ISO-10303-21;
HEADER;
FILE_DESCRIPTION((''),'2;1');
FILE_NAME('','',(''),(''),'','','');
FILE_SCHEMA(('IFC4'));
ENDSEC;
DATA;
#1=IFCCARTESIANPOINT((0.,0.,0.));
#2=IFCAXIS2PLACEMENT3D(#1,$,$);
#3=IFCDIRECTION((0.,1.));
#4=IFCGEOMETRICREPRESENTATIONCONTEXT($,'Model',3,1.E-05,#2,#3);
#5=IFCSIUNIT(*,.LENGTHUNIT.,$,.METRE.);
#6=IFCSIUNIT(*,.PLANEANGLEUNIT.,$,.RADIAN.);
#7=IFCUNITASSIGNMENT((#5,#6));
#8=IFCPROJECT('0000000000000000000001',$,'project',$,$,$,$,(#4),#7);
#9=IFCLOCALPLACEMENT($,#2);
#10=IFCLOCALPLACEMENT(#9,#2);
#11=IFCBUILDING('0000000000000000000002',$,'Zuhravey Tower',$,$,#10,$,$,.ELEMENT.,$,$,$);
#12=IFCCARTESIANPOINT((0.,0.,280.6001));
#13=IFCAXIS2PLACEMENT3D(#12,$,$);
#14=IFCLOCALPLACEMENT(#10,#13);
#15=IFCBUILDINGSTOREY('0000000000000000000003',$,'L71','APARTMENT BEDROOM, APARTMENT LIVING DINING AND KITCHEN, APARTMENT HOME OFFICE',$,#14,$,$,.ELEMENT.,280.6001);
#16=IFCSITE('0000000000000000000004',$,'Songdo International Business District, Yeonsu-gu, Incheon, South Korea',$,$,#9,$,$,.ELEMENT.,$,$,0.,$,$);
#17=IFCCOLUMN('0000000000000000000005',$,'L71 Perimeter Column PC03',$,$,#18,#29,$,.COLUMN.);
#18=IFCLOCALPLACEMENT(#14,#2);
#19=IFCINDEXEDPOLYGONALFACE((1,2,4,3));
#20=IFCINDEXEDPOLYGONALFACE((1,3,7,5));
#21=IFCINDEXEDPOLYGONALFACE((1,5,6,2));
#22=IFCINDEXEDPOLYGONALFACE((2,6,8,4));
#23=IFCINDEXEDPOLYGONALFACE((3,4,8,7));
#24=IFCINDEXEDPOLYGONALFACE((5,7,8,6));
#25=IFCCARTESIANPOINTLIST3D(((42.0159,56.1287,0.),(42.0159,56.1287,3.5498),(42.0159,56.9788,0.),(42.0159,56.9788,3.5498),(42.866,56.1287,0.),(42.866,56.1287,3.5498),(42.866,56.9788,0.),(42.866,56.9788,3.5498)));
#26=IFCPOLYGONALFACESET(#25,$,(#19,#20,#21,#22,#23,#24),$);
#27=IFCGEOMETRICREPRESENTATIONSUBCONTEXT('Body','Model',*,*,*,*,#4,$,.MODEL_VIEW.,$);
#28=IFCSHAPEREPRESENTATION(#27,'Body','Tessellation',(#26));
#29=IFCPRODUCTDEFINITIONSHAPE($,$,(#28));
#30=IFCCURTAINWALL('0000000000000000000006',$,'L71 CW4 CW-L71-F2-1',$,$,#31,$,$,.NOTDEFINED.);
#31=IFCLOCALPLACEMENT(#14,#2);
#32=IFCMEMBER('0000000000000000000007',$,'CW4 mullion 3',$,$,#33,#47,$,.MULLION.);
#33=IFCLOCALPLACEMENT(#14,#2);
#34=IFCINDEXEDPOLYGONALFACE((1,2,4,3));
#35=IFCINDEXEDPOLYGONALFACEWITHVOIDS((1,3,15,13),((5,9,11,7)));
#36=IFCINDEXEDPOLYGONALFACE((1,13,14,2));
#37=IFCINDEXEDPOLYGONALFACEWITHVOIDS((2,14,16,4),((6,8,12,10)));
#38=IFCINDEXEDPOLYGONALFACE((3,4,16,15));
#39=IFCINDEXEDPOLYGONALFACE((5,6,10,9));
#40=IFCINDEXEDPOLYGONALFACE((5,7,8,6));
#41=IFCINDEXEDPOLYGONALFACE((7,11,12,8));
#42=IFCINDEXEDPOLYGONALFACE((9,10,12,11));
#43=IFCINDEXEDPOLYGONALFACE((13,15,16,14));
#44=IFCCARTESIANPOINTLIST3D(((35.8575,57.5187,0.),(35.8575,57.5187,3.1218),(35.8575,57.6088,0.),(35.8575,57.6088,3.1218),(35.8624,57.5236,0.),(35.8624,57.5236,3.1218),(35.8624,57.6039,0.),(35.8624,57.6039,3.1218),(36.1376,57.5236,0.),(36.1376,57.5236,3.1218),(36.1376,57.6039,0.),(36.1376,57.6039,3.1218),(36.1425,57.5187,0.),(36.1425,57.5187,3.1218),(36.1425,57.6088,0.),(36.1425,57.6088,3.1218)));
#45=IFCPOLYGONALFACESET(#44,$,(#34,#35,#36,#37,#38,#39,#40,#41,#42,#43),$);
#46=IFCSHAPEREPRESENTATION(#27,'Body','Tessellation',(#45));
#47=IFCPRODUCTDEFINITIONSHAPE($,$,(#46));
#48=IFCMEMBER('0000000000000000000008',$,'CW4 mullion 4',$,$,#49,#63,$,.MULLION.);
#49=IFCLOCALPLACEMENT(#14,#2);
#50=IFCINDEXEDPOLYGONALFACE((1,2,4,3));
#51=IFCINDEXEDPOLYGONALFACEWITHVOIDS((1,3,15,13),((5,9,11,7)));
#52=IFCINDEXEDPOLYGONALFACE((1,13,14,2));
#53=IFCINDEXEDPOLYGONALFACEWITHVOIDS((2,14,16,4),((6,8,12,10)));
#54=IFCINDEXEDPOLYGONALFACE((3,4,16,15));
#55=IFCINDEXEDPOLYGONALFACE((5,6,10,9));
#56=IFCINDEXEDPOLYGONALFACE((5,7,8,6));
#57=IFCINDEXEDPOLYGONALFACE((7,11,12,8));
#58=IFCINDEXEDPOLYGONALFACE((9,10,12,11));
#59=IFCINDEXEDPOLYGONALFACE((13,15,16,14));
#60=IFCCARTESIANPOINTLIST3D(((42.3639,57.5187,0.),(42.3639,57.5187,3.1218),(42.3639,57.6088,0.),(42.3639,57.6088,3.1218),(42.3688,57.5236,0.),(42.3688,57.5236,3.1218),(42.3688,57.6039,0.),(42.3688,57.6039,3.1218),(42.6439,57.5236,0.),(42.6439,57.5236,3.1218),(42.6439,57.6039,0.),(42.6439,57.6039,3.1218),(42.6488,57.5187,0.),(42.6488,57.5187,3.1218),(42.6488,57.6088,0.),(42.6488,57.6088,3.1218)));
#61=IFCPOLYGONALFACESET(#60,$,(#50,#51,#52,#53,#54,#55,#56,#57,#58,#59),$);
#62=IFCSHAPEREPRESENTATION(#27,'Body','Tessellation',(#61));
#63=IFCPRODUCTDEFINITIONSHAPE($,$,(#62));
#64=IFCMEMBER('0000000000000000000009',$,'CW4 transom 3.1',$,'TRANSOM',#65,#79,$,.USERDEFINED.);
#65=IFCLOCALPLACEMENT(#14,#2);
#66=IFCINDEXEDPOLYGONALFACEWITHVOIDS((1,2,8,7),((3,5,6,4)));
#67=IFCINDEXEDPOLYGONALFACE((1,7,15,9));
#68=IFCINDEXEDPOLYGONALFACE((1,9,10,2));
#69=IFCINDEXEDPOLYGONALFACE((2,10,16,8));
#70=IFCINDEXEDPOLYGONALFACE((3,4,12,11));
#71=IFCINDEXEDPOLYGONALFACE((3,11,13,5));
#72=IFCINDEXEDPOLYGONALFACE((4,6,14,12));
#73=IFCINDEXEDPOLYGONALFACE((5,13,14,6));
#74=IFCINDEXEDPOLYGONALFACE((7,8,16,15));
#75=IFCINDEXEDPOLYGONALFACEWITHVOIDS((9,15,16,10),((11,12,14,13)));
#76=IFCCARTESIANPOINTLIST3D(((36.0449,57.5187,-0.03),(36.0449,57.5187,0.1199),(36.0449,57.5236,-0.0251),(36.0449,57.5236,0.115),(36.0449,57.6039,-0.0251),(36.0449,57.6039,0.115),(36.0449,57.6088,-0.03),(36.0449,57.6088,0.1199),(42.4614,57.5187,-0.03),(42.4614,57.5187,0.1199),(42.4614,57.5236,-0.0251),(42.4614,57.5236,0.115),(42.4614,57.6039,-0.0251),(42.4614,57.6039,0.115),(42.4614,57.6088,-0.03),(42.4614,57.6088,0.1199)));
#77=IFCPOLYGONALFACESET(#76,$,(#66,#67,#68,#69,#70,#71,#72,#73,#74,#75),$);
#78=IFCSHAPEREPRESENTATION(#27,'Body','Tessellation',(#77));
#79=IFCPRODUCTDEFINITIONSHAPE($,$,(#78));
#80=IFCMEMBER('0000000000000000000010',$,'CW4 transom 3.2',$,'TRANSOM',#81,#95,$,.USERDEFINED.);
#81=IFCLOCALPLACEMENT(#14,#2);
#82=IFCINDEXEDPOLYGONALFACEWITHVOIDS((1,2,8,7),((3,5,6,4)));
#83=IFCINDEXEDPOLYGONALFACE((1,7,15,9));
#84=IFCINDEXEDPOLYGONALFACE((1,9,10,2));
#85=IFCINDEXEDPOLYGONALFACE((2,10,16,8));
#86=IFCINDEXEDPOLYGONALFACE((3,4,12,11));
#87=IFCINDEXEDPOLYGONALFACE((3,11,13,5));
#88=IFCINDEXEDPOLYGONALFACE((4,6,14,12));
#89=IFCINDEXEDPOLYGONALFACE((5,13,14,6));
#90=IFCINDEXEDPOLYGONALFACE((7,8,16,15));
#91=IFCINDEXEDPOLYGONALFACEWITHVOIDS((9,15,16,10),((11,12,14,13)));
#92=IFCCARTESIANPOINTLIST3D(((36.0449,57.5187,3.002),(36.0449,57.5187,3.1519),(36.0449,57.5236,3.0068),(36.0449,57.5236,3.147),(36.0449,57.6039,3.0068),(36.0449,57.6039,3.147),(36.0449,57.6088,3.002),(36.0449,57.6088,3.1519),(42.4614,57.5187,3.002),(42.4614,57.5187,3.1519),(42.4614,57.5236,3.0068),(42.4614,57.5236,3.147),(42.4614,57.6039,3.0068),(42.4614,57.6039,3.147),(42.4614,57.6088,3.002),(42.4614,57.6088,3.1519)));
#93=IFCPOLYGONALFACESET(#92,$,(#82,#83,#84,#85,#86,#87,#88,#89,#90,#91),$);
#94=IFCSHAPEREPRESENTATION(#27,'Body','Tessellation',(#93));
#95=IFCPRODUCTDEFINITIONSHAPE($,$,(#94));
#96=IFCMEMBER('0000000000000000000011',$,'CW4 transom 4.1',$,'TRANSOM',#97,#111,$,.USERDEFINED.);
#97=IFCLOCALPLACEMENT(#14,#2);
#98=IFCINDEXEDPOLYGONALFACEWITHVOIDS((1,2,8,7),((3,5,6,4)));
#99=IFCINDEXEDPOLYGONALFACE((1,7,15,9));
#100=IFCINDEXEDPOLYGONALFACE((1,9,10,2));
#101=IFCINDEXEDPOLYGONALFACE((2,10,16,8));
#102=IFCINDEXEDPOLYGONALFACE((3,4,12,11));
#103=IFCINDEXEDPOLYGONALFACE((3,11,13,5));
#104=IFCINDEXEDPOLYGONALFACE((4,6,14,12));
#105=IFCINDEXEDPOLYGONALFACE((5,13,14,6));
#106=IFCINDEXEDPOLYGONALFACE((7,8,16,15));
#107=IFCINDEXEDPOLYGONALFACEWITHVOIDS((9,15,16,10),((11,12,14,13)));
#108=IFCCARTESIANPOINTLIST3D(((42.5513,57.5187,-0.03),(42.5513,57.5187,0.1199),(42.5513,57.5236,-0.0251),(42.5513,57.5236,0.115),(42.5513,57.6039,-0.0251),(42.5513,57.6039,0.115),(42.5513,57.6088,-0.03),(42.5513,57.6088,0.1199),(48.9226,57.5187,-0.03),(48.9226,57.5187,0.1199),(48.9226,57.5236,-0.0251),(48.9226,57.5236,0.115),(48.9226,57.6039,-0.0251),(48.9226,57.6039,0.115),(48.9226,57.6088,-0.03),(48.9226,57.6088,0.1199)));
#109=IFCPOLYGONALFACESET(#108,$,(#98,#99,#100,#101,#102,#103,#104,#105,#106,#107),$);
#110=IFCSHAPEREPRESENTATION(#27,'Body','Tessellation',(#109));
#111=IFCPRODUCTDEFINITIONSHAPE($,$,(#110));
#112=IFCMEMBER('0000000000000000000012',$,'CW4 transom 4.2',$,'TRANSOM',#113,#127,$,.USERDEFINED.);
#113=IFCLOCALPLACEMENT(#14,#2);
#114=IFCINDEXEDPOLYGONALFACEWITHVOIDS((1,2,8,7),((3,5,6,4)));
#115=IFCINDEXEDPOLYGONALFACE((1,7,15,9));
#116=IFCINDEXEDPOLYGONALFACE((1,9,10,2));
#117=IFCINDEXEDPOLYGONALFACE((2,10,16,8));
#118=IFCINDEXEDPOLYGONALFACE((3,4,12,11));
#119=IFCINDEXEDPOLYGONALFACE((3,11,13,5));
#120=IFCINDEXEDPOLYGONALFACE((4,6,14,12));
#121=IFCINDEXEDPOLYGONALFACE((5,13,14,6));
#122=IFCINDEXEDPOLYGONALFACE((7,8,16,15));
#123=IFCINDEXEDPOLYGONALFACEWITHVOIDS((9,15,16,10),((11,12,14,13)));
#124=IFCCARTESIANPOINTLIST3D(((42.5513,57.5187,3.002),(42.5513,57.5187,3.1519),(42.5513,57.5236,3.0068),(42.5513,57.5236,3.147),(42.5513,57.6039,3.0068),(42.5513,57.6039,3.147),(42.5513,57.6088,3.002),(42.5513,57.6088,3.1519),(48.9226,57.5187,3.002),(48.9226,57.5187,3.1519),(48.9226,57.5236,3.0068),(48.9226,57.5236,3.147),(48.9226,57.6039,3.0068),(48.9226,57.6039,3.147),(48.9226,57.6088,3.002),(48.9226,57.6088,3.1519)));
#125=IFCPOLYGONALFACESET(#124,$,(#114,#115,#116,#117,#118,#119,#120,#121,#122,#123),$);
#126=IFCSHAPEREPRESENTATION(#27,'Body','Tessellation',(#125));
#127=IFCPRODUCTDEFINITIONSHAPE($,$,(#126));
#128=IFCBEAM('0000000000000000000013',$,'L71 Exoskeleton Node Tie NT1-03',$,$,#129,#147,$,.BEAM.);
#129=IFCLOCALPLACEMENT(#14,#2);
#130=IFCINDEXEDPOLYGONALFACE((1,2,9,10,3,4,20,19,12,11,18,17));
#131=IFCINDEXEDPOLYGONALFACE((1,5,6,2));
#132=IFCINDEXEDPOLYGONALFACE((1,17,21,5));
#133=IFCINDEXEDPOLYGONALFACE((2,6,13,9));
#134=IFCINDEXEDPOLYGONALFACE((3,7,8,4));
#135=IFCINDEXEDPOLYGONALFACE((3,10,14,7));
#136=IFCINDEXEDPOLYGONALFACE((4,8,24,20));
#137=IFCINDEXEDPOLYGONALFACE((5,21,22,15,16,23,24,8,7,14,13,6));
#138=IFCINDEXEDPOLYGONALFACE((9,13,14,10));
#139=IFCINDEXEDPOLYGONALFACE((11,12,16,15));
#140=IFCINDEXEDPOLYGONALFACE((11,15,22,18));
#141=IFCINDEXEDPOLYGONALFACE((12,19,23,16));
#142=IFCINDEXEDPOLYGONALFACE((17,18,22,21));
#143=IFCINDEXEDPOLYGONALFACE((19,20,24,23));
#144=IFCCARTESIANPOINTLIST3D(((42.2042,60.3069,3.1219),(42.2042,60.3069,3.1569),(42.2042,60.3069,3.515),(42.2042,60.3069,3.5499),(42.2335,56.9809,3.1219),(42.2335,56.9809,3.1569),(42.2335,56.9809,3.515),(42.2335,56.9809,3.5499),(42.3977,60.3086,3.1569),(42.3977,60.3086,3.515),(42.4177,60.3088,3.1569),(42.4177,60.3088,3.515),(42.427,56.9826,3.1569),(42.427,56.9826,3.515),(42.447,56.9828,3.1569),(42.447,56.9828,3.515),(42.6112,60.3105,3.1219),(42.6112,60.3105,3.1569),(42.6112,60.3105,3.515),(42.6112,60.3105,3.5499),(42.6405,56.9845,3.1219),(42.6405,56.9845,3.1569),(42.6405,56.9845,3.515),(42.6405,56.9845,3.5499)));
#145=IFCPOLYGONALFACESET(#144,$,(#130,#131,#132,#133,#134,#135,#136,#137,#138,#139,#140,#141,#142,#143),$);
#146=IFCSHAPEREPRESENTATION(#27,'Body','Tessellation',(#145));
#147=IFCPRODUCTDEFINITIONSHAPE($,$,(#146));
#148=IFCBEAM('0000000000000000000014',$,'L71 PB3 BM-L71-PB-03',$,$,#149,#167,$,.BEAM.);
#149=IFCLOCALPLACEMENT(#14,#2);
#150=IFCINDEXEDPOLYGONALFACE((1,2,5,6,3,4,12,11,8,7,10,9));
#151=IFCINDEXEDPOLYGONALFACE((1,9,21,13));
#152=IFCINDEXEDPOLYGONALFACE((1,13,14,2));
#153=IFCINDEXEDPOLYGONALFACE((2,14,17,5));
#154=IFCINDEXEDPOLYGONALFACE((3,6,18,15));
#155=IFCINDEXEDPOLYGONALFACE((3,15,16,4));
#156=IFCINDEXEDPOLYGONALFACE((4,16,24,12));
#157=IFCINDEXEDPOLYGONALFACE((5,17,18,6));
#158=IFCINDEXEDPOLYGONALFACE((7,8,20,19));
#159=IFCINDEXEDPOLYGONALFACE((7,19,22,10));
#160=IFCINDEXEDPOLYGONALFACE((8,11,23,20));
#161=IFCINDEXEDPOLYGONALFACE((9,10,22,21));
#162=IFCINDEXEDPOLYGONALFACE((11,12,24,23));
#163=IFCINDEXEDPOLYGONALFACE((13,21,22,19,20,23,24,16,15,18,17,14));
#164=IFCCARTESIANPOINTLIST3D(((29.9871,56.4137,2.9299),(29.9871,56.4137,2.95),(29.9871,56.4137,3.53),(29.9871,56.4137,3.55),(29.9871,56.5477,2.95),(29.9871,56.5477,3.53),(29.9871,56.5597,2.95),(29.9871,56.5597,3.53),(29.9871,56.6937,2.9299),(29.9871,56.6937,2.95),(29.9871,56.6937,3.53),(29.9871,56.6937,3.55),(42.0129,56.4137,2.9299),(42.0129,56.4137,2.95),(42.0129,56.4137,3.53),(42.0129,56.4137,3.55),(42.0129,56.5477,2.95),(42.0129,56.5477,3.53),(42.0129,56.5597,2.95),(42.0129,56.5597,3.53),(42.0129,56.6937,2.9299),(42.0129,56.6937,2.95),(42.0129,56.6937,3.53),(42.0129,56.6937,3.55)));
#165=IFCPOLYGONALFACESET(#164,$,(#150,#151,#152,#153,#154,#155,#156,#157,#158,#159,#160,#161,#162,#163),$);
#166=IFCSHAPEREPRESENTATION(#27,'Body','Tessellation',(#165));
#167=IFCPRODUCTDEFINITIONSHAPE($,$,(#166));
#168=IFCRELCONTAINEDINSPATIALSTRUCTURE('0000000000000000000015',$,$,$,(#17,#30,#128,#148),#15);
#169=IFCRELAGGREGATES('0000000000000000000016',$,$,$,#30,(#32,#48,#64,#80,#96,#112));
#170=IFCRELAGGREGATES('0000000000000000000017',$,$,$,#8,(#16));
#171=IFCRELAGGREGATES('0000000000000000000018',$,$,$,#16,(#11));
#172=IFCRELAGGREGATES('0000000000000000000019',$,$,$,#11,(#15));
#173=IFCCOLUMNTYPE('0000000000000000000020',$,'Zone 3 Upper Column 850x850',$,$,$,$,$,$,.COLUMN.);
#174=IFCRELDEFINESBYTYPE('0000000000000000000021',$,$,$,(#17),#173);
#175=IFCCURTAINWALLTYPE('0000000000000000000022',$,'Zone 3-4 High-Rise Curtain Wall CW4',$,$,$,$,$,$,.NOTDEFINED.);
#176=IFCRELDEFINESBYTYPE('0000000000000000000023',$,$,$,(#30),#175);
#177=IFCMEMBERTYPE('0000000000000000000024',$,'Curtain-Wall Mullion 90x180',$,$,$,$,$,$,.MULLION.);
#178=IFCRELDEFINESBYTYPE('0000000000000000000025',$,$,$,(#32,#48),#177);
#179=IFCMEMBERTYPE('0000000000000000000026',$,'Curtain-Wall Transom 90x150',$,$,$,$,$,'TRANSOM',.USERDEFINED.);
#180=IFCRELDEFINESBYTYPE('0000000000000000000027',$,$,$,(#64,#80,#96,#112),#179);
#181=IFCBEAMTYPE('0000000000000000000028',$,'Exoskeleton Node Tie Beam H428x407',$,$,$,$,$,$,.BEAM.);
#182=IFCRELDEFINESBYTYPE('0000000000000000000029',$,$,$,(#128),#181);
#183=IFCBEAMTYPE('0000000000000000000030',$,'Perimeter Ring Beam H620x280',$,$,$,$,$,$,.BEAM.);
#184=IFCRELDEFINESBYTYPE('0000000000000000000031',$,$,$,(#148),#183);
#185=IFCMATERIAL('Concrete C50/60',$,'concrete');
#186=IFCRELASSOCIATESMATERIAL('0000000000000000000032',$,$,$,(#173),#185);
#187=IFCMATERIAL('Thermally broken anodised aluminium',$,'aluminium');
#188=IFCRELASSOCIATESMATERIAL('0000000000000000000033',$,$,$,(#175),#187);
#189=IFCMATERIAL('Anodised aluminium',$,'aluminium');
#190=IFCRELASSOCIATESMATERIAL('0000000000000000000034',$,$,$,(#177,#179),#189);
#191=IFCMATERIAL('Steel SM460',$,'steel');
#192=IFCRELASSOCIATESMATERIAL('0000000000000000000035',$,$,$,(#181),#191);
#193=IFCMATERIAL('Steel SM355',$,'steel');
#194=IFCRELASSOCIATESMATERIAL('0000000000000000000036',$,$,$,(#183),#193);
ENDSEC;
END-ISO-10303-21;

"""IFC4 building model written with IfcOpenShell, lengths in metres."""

from ifc_helpers import new_model, si_unit, direction, frame, origin, origin_2d, place, context, subcontext, project, spatial, rectangle, hollow_rectangle, i_section, extrude, material, material_profile, profile_set, type_object, element, aggregate, save


model = new_model("IFC4")

# Units and contexts
model_context = context("Model", 3, precision=1e-05, world=origin(), true_north=direction((0.0, 1.0)))
body_context = subcontext(model_context, "Body", "Model", "MODEL_VIEW")
ifc_project = project(units=[si_unit("LENGTHUNIT", "METRE"), si_unit("PLANEANGLEUNIT", "RADIAN")], contexts=[model_context])

# Site, building, storey
site_placement = place(None, origin())
site = spatial("IfcSite", under=ifc_project, at=site_placement, Name="Songdo International Business District, Yeonsu-gu, Incheon, South Korea", CompositionType="ELEMENT", RefElevation=0.0)
building_placement = place(site_placement, origin())
building = spatial("IfcBuilding", under=site, at=building_placement, Name="Zuhravey Tower", CompositionType="ELEMENT")
storey_placement = place(building_placement, frame((0.0, 0.0, 280.6001)))
storey = spatial("IfcBuildingStorey", under=building, at=storey_placement, Name="L71", Description="APARTMENT BEDROOM, APARTMENT LIVING DINING AND KITCHEN, APARTMENT HOME OFFICE", CompositionType="ELEMENT", Elevation=280.6001)

# Column
ifc_material_1 = material(Name="Concrete C50/60", Category="concrete")
ifc_material_profile_1 = material_profile(ifc_material_1, rectangle(XDim=0.8501, YDim=0.8501, at=origin_2d()), Name="RC-850x850")
ifc_profile_set_1 = profile_set([ifc_material_profile_1], Name="Concrete C50/60")
column_type = type_object("IfcColumnType", Name="Zone 3 Upper Column 850x850", PredefinedType="COLUMN", material=ifc_profile_set_1)
column_placement = place(storey_placement, frame((42.4409, 56.5537, 0.0), z_axis=(0.0, 0.0, 1.0), x_axis=(-1.0, 0.0, 0.0)))
element("IfcColumn", 1, at=column_placement, inside=storey, type_object=column_type, Name="L71 Perimeter Column PC03", PredefinedType="COLUMN", context=body_context, shape_type="SweptSolid", body=[
    extrude(rectangle(XDim=0.8501, YDim=0.8501, at=origin_2d()), origin(), (0.0, 0.0, 1.0), 3.5498),
])

# Curtain wall, members
ifc_material_2 = material(Name="Thermally broken anodised aluminium", Category="aluminium")
curtain_wall_type = type_object("IfcCurtainWallType", Name="Zone 3-4 High-Rise Curtain Wall CW4", PredefinedType="NOTDEFINED", material=ifc_material_2)
curtain_wall_placement = place(storey_placement, origin())
curtain_wall = element("IfcCurtainWall", 2, at=curtain_wall_placement, inside=storey, type_object=curtain_wall_type, Name="L71 CW4 CW-L71-F2-1", PredefinedType="NOTDEFINED")
ifc_material_3 = material(Name="Anodised aluminium", Category="aluminium")
ifc_material_profile_2 = material_profile(ifc_material_3, hollow_rectangle(XDim=0.0901, YDim=0.2849, WallThickness=0.0049, at=origin_2d()), Name="ALU-RHS-90x285x5")
ifc_profile_set_2 = profile_set([ifc_material_profile_2], Name="Anodised aluminium")
member_type_1 = type_object("IfcMemberType", Name="Curtain-Wall Mullion 90x180", PredefinedType="MULLION", material=ifc_profile_set_2)
member_1_placement = place(storey_placement, frame((36.0, 57.5637, 0.0), z_axis=(0.0, 0.0, 1.0), x_axis=(0.0, 1.0, 0.0)))
member_1 = element("IfcMember", 3, at=member_1_placement, type_object=member_type_1, Name="CW4 mullion 3", PredefinedType="MULLION", context=body_context, shape_type="SweptSolid", body=[
    extrude(hollow_rectangle(XDim=0.0901, YDim=0.2849, WallThickness=0.0049, at=origin_2d()), origin(), (0.0, 0.0, 1.0), 3.1218),
])
member_2_placement = place(storey_placement, frame((42.5063, 57.5637, 0.0), z_axis=(0.0, 0.0, 1.0), x_axis=(0.0, 1.0, 0.0)))
member_2 = element("IfcMember", 4, at=member_2_placement, type_object=member_type_1, Name="CW4 mullion 4", PredefinedType="MULLION", context=body_context, shape_type="SweptSolid", body=[
    extrude(hollow_rectangle(XDim=0.0901, YDim=0.2849, WallThickness=0.0049, at=origin_2d()), origin(), (0.0, 0.0, 1.0), 3.1218),
])
ifc_material_profile_3 = material_profile(ifc_material_3, hollow_rectangle(XDim=0.0901, YDim=0.1499, WallThickness=0.0049, at=origin_2d()), Name="ALU-RHS-90x150x5")
ifc_profile_set_3 = profile_set([ifc_material_profile_3], Name="Anodised aluminium")
member_type_2 = type_object("IfcMemberType", Name="Curtain-Wall Transom 90x150", ElementType="TRANSOM", PredefinedType="USERDEFINED", material=ifc_profile_set_3)
member_3_placement = place(storey_placement, frame((36.0449, 57.5637, 0.0449), z_axis=(1.0, 0.0, 0.0), x_axis=(0.0, 1.0, 0.0)))
member_3 = element("IfcMember", 5, at=member_3_placement, type_object=member_type_2, Name="CW4 transom 3.1", ObjectType="TRANSOM", PredefinedType="USERDEFINED", context=body_context, shape_type="SweptSolid", body=[
    extrude(hollow_rectangle(XDim=0.0901, YDim=0.1499, WallThickness=0.0049, at=origin_2d()), origin(), (0.0, 0.0, 1.0), 6.4165),
])
member_4_placement = place(storey_placement, frame((36.0449, 57.5637, 3.0769), z_axis=(1.0, 0.0, 0.0), x_axis=(0.0, 1.0, 0.0)))
member_4 = element("IfcMember", 6, at=member_4_placement, type_object=member_type_2, Name="CW4 transom 3.2", ObjectType="TRANSOM", PredefinedType="USERDEFINED", context=body_context, shape_type="SweptSolid", body=[
    extrude(hollow_rectangle(XDim=0.0901, YDim=0.1499, WallThickness=0.0049, at=origin_2d()), origin(), (0.0, 0.0, 1.0), 6.4165),
])
member_5_placement = place(storey_placement, frame((42.5513, 57.5637, 0.0449), z_axis=(1.0, 0.0, 0.0), x_axis=(0.0, 1.0, 0.0)))
member_5 = element("IfcMember", 7, at=member_5_placement, type_object=member_type_2, Name="CW4 transom 4.1", ObjectType="TRANSOM", PredefinedType="USERDEFINED", context=body_context, shape_type="SweptSolid", body=[
    extrude(hollow_rectangle(XDim=0.0901, YDim=0.1499, WallThickness=0.0049, at=origin_2d()), origin(), (0.0, 0.0, 1.0), 6.3713),
])
member_6_placement = place(storey_placement, frame((42.5513, 57.5637, 3.0769), z_axis=(1.0, 0.0, 0.0), x_axis=(0.0, 1.0, 0.0)))
member_6 = element("IfcMember", 8, at=member_6_placement, type_object=member_type_2, Name="CW4 transom 4.2", ObjectType="TRANSOM", PredefinedType="USERDEFINED", context=body_context, shape_type="SweptSolid", body=[
    extrude(hollow_rectangle(XDim=0.0901, YDim=0.1499, WallThickness=0.0049, at=origin_2d()), origin(), (0.0, 0.0, 1.0), 6.3713),
])

# Beams
ifc_material_4 = material(Name="Steel SM460", Category="steel")
ifc_material_profile_4 = material_profile(ifc_material_4, i_section(OverallWidth=0.407, OverallDepth=0.428, WebThickness=0.02, FlangeThickness=0.0349, at=origin_2d()), Name="H-428x407x20x35")
ifc_profile_set_4 = profile_set([ifc_material_profile_4], Name="Steel SM460")
beam_type_1 = type_object("IfcBeamType", Name="Exoskeleton Node Tie Beam H428x407", PredefinedType="BEAM", material=ifc_profile_set_4)
beam_1_placement = place(storey_placement, frame((42.437, 56.9827, 3.3359), z_axis=(-0.008808, 0.999961, 0.0), x_axis=(-0.999961, -0.008808, 0.0)))
element("IfcBeam", 9, at=beam_1_placement, inside=storey, type_object=beam_type_1, Name="L71 Exoskeleton Node Tie NT1-03", PredefinedType="BEAM", context=body_context, shape_type="SweptSolid", body=[
    extrude(i_section(OverallWidth=0.407, OverallDepth=0.428, WebThickness=0.02, FlangeThickness=0.0349, at=origin_2d()), origin(), (0.0, 0.0, 1.0), 3.3262),
])
ifc_material_5 = material(Name="Steel SM355", Category="steel")
ifc_material_profile_5 = material_profile(ifc_material_5, i_section(OverallWidth=0.28, OverallDepth=0.6201, WebThickness=0.012, FlangeThickness=0.02, at=origin_2d()), Name="H-620x280x12x20")
ifc_profile_set_5 = profile_set([ifc_material_profile_5], Name="Steel SM355")
beam_type_2 = type_object("IfcBeamType", Name="Perimeter Ring Beam H620x280", PredefinedType="BEAM", material=ifc_profile_set_5)
beam_2_placement = place(storey_placement, frame((42.0129, 56.5537, 3.24), z_axis=(-1.0, 0.0, 0.0), x_axis=(0.0, -1.0, 0.0)))
element("IfcBeam", 10, at=beam_2_placement, inside=storey, type_object=beam_type_2, Name="L71 PB3 BM-L71-PB-03", PredefinedType="BEAM", context=body_context, shape_type="SweptSolid", body=[
    extrude(i_section(OverallWidth=0.28, OverallDepth=0.6201, WebThickness=0.012, FlangeThickness=0.02, at=origin_2d()), origin(), (0.0, 0.0, 1.0), 12.0259),
])

aggregate(curtain_wall, [member_1, member_2, member_3, member_4, member_5, member_6])

save(model, "model.ifc")
